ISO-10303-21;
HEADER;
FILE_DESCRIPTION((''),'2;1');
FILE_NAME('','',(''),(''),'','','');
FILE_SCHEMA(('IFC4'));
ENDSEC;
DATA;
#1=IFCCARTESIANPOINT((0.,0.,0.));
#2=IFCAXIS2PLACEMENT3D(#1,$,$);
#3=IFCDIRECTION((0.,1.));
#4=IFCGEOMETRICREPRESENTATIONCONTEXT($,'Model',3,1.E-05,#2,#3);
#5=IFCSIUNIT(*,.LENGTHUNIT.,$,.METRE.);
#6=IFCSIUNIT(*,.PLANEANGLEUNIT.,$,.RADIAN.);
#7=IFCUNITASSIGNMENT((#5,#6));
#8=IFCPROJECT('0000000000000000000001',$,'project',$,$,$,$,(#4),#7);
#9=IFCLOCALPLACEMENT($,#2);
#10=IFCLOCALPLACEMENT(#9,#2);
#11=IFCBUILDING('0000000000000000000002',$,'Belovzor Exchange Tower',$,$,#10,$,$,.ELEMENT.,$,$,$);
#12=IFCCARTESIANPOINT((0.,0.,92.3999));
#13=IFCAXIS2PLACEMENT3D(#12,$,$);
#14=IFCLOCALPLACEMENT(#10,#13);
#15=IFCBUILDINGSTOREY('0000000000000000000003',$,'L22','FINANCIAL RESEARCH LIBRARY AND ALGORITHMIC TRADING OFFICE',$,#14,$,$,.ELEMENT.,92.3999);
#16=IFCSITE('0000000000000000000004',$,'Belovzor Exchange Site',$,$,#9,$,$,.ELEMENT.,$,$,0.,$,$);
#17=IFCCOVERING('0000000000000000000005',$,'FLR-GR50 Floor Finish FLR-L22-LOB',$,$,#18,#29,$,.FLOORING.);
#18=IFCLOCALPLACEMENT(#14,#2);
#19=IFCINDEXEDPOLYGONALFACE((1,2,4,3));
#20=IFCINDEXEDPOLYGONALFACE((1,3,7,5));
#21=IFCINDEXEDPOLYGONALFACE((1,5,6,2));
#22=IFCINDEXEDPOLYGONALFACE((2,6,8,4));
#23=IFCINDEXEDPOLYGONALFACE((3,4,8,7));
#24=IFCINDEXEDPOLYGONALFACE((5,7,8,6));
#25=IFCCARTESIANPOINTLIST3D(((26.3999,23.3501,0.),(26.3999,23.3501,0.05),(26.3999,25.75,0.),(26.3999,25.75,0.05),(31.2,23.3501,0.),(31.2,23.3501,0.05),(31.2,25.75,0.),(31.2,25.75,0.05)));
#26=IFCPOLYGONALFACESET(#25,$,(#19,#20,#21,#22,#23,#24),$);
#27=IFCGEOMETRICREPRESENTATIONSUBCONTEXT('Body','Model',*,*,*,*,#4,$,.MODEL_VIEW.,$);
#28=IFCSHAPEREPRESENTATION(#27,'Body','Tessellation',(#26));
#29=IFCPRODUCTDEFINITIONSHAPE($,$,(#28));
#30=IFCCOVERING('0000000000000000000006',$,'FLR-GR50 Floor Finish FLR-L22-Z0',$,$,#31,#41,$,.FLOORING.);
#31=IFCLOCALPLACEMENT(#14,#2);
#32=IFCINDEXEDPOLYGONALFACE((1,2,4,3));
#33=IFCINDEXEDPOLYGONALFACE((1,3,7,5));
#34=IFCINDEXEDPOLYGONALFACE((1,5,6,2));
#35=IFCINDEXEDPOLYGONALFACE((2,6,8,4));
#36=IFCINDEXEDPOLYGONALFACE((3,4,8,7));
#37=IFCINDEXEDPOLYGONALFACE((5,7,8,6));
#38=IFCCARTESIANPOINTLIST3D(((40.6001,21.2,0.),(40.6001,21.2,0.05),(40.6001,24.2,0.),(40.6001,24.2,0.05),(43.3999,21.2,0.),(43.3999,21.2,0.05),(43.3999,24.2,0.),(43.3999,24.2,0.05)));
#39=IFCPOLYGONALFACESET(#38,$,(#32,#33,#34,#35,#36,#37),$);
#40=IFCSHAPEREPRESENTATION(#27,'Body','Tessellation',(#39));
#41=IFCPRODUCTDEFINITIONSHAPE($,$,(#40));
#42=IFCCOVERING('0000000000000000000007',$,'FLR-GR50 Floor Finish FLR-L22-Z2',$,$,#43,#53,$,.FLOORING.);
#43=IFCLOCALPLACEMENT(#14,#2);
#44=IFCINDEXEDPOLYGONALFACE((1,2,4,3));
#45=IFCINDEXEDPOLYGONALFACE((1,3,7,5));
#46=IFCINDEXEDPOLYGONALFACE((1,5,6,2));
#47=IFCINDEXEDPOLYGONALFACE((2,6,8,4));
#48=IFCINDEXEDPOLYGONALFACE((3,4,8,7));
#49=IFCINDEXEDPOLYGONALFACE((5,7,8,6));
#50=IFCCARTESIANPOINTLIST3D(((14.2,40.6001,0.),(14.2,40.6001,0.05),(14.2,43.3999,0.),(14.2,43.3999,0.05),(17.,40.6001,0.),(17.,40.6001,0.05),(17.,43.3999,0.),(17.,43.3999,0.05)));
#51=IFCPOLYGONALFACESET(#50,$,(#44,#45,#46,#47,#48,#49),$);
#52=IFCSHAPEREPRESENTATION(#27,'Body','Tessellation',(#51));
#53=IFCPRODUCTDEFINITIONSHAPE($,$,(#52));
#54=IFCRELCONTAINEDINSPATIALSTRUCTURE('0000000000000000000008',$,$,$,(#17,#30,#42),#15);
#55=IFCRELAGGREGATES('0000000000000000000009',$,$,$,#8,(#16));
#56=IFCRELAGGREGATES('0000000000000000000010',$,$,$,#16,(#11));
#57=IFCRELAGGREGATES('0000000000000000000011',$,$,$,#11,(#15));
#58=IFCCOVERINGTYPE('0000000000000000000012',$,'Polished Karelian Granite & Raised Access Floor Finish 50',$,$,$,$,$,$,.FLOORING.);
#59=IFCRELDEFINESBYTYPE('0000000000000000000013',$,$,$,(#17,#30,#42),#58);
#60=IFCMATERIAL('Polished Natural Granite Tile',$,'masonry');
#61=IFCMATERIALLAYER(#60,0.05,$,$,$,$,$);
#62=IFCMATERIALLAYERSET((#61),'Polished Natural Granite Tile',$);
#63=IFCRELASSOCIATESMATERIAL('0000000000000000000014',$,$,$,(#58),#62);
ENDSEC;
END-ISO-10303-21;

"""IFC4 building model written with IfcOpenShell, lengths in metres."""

from ifc_helpers import new_model, si_unit, direction, frame, origin, place, context, subcontext, project, spatial, polyline, outline, extrude, material, layer, layer_set, type_object, element, save


model = new_model("IFC4")

# Units and contexts
model_context = context("Model", 3, precision=1e-05, world=origin(), true_north=direction((0.0, 1.0)))
body_context = subcontext(model_context, "Body", "Model", "MODEL_VIEW")
ifc_project = project(units=[si_unit("LENGTHUNIT", "METRE"), si_unit("PLANEANGLEUNIT", "RADIAN")], contexts=[model_context])

# Site, building, storey
site_placement = place(None, origin())
site = spatial("IfcSite", under=ifc_project, at=site_placement, Name="Belovzor Exchange Site", CompositionType="ELEMENT", RefElevation=0.0)
building_placement = place(site_placement, origin())
building = spatial("IfcBuilding", under=site, at=building_placement, Name="Belovzor Exchange Tower", CompositionType="ELEMENT")
storey_placement = place(building_placement, frame((0.0, 0.0, 92.3999)))
storey = spatial("IfcBuildingStorey", under=building, at=storey_placement, Name="L22", Description="FINANCIAL RESEARCH LIBRARY AND ALGORITHMIC TRADING OFFICE", CompositionType="ELEMENT", Elevation=92.3999)

# Coverings
ifc_material_1 = material(Name="Polished Natural Granite Tile", Category="masonry")
ifc_layer_1 = layer(ifc_material_1, 0.05)
ifc_layer_set_1 = layer_set([ifc_layer_1], Name="Polished Natural Granite Tile")
covering_type_1 = type_object("IfcCoveringType", Name="Polished Karelian Granite & Raised Access Floor Finish 50", PredefinedType="FLOORING", material=ifc_layer_set_1)
covering_1_placement = place(storey_placement, origin())
element("IfcCovering", 1, at=covering_1_placement, inside=storey, type_object=covering_type_1, Name="FLR-GR50 Floor Finish FLR-L22-LOB", PredefinedType="FLOORING", context=body_context, shape_type="SweptSolid", body=[
    extrude(outline(polyline([(26.3999, 23.3501), (31.2, 23.3501), (31.2, 25.75), (26.3999, 25.75), (26.3999, 23.3501)])), origin(), (0.0, 0.0, 1.0), 0.05),
])
covering_2_placement = place(storey_placement, origin())
element("IfcCovering", 2, at=covering_2_placement, inside=storey, type_object=covering_type_1, Name="FLR-GR50 Floor Finish FLR-L22-Z0", PredefinedType="FLOORING", context=body_context, shape_type="SweptSolid", body=[
    extrude(outline(polyline([(40.6001, 21.2), (43.3999, 21.2), (43.3999, 24.2), (40.6001, 24.2), (40.6001, 21.2)])), origin(), (0.0, 0.0, 1.0), 0.05),
])
covering_3_placement = place(storey_placement, origin())
element("IfcCovering", 3, at=covering_3_placement, inside=storey, type_object=covering_type_1, Name="FLR-GR50 Floor Finish FLR-L22-Z2", PredefinedType="FLOORING", context=body_context, shape_type="SweptSolid", body=[
    extrude(outline(polyline([(14.2, 40.6001), (17.0, 40.6001), (17.0, 43.3999), (14.2, 43.3999), (14.2, 40.6001)])), origin(), (0.0, 0.0, 1.0), 0.05),
])

save(model, "model.ifc")
